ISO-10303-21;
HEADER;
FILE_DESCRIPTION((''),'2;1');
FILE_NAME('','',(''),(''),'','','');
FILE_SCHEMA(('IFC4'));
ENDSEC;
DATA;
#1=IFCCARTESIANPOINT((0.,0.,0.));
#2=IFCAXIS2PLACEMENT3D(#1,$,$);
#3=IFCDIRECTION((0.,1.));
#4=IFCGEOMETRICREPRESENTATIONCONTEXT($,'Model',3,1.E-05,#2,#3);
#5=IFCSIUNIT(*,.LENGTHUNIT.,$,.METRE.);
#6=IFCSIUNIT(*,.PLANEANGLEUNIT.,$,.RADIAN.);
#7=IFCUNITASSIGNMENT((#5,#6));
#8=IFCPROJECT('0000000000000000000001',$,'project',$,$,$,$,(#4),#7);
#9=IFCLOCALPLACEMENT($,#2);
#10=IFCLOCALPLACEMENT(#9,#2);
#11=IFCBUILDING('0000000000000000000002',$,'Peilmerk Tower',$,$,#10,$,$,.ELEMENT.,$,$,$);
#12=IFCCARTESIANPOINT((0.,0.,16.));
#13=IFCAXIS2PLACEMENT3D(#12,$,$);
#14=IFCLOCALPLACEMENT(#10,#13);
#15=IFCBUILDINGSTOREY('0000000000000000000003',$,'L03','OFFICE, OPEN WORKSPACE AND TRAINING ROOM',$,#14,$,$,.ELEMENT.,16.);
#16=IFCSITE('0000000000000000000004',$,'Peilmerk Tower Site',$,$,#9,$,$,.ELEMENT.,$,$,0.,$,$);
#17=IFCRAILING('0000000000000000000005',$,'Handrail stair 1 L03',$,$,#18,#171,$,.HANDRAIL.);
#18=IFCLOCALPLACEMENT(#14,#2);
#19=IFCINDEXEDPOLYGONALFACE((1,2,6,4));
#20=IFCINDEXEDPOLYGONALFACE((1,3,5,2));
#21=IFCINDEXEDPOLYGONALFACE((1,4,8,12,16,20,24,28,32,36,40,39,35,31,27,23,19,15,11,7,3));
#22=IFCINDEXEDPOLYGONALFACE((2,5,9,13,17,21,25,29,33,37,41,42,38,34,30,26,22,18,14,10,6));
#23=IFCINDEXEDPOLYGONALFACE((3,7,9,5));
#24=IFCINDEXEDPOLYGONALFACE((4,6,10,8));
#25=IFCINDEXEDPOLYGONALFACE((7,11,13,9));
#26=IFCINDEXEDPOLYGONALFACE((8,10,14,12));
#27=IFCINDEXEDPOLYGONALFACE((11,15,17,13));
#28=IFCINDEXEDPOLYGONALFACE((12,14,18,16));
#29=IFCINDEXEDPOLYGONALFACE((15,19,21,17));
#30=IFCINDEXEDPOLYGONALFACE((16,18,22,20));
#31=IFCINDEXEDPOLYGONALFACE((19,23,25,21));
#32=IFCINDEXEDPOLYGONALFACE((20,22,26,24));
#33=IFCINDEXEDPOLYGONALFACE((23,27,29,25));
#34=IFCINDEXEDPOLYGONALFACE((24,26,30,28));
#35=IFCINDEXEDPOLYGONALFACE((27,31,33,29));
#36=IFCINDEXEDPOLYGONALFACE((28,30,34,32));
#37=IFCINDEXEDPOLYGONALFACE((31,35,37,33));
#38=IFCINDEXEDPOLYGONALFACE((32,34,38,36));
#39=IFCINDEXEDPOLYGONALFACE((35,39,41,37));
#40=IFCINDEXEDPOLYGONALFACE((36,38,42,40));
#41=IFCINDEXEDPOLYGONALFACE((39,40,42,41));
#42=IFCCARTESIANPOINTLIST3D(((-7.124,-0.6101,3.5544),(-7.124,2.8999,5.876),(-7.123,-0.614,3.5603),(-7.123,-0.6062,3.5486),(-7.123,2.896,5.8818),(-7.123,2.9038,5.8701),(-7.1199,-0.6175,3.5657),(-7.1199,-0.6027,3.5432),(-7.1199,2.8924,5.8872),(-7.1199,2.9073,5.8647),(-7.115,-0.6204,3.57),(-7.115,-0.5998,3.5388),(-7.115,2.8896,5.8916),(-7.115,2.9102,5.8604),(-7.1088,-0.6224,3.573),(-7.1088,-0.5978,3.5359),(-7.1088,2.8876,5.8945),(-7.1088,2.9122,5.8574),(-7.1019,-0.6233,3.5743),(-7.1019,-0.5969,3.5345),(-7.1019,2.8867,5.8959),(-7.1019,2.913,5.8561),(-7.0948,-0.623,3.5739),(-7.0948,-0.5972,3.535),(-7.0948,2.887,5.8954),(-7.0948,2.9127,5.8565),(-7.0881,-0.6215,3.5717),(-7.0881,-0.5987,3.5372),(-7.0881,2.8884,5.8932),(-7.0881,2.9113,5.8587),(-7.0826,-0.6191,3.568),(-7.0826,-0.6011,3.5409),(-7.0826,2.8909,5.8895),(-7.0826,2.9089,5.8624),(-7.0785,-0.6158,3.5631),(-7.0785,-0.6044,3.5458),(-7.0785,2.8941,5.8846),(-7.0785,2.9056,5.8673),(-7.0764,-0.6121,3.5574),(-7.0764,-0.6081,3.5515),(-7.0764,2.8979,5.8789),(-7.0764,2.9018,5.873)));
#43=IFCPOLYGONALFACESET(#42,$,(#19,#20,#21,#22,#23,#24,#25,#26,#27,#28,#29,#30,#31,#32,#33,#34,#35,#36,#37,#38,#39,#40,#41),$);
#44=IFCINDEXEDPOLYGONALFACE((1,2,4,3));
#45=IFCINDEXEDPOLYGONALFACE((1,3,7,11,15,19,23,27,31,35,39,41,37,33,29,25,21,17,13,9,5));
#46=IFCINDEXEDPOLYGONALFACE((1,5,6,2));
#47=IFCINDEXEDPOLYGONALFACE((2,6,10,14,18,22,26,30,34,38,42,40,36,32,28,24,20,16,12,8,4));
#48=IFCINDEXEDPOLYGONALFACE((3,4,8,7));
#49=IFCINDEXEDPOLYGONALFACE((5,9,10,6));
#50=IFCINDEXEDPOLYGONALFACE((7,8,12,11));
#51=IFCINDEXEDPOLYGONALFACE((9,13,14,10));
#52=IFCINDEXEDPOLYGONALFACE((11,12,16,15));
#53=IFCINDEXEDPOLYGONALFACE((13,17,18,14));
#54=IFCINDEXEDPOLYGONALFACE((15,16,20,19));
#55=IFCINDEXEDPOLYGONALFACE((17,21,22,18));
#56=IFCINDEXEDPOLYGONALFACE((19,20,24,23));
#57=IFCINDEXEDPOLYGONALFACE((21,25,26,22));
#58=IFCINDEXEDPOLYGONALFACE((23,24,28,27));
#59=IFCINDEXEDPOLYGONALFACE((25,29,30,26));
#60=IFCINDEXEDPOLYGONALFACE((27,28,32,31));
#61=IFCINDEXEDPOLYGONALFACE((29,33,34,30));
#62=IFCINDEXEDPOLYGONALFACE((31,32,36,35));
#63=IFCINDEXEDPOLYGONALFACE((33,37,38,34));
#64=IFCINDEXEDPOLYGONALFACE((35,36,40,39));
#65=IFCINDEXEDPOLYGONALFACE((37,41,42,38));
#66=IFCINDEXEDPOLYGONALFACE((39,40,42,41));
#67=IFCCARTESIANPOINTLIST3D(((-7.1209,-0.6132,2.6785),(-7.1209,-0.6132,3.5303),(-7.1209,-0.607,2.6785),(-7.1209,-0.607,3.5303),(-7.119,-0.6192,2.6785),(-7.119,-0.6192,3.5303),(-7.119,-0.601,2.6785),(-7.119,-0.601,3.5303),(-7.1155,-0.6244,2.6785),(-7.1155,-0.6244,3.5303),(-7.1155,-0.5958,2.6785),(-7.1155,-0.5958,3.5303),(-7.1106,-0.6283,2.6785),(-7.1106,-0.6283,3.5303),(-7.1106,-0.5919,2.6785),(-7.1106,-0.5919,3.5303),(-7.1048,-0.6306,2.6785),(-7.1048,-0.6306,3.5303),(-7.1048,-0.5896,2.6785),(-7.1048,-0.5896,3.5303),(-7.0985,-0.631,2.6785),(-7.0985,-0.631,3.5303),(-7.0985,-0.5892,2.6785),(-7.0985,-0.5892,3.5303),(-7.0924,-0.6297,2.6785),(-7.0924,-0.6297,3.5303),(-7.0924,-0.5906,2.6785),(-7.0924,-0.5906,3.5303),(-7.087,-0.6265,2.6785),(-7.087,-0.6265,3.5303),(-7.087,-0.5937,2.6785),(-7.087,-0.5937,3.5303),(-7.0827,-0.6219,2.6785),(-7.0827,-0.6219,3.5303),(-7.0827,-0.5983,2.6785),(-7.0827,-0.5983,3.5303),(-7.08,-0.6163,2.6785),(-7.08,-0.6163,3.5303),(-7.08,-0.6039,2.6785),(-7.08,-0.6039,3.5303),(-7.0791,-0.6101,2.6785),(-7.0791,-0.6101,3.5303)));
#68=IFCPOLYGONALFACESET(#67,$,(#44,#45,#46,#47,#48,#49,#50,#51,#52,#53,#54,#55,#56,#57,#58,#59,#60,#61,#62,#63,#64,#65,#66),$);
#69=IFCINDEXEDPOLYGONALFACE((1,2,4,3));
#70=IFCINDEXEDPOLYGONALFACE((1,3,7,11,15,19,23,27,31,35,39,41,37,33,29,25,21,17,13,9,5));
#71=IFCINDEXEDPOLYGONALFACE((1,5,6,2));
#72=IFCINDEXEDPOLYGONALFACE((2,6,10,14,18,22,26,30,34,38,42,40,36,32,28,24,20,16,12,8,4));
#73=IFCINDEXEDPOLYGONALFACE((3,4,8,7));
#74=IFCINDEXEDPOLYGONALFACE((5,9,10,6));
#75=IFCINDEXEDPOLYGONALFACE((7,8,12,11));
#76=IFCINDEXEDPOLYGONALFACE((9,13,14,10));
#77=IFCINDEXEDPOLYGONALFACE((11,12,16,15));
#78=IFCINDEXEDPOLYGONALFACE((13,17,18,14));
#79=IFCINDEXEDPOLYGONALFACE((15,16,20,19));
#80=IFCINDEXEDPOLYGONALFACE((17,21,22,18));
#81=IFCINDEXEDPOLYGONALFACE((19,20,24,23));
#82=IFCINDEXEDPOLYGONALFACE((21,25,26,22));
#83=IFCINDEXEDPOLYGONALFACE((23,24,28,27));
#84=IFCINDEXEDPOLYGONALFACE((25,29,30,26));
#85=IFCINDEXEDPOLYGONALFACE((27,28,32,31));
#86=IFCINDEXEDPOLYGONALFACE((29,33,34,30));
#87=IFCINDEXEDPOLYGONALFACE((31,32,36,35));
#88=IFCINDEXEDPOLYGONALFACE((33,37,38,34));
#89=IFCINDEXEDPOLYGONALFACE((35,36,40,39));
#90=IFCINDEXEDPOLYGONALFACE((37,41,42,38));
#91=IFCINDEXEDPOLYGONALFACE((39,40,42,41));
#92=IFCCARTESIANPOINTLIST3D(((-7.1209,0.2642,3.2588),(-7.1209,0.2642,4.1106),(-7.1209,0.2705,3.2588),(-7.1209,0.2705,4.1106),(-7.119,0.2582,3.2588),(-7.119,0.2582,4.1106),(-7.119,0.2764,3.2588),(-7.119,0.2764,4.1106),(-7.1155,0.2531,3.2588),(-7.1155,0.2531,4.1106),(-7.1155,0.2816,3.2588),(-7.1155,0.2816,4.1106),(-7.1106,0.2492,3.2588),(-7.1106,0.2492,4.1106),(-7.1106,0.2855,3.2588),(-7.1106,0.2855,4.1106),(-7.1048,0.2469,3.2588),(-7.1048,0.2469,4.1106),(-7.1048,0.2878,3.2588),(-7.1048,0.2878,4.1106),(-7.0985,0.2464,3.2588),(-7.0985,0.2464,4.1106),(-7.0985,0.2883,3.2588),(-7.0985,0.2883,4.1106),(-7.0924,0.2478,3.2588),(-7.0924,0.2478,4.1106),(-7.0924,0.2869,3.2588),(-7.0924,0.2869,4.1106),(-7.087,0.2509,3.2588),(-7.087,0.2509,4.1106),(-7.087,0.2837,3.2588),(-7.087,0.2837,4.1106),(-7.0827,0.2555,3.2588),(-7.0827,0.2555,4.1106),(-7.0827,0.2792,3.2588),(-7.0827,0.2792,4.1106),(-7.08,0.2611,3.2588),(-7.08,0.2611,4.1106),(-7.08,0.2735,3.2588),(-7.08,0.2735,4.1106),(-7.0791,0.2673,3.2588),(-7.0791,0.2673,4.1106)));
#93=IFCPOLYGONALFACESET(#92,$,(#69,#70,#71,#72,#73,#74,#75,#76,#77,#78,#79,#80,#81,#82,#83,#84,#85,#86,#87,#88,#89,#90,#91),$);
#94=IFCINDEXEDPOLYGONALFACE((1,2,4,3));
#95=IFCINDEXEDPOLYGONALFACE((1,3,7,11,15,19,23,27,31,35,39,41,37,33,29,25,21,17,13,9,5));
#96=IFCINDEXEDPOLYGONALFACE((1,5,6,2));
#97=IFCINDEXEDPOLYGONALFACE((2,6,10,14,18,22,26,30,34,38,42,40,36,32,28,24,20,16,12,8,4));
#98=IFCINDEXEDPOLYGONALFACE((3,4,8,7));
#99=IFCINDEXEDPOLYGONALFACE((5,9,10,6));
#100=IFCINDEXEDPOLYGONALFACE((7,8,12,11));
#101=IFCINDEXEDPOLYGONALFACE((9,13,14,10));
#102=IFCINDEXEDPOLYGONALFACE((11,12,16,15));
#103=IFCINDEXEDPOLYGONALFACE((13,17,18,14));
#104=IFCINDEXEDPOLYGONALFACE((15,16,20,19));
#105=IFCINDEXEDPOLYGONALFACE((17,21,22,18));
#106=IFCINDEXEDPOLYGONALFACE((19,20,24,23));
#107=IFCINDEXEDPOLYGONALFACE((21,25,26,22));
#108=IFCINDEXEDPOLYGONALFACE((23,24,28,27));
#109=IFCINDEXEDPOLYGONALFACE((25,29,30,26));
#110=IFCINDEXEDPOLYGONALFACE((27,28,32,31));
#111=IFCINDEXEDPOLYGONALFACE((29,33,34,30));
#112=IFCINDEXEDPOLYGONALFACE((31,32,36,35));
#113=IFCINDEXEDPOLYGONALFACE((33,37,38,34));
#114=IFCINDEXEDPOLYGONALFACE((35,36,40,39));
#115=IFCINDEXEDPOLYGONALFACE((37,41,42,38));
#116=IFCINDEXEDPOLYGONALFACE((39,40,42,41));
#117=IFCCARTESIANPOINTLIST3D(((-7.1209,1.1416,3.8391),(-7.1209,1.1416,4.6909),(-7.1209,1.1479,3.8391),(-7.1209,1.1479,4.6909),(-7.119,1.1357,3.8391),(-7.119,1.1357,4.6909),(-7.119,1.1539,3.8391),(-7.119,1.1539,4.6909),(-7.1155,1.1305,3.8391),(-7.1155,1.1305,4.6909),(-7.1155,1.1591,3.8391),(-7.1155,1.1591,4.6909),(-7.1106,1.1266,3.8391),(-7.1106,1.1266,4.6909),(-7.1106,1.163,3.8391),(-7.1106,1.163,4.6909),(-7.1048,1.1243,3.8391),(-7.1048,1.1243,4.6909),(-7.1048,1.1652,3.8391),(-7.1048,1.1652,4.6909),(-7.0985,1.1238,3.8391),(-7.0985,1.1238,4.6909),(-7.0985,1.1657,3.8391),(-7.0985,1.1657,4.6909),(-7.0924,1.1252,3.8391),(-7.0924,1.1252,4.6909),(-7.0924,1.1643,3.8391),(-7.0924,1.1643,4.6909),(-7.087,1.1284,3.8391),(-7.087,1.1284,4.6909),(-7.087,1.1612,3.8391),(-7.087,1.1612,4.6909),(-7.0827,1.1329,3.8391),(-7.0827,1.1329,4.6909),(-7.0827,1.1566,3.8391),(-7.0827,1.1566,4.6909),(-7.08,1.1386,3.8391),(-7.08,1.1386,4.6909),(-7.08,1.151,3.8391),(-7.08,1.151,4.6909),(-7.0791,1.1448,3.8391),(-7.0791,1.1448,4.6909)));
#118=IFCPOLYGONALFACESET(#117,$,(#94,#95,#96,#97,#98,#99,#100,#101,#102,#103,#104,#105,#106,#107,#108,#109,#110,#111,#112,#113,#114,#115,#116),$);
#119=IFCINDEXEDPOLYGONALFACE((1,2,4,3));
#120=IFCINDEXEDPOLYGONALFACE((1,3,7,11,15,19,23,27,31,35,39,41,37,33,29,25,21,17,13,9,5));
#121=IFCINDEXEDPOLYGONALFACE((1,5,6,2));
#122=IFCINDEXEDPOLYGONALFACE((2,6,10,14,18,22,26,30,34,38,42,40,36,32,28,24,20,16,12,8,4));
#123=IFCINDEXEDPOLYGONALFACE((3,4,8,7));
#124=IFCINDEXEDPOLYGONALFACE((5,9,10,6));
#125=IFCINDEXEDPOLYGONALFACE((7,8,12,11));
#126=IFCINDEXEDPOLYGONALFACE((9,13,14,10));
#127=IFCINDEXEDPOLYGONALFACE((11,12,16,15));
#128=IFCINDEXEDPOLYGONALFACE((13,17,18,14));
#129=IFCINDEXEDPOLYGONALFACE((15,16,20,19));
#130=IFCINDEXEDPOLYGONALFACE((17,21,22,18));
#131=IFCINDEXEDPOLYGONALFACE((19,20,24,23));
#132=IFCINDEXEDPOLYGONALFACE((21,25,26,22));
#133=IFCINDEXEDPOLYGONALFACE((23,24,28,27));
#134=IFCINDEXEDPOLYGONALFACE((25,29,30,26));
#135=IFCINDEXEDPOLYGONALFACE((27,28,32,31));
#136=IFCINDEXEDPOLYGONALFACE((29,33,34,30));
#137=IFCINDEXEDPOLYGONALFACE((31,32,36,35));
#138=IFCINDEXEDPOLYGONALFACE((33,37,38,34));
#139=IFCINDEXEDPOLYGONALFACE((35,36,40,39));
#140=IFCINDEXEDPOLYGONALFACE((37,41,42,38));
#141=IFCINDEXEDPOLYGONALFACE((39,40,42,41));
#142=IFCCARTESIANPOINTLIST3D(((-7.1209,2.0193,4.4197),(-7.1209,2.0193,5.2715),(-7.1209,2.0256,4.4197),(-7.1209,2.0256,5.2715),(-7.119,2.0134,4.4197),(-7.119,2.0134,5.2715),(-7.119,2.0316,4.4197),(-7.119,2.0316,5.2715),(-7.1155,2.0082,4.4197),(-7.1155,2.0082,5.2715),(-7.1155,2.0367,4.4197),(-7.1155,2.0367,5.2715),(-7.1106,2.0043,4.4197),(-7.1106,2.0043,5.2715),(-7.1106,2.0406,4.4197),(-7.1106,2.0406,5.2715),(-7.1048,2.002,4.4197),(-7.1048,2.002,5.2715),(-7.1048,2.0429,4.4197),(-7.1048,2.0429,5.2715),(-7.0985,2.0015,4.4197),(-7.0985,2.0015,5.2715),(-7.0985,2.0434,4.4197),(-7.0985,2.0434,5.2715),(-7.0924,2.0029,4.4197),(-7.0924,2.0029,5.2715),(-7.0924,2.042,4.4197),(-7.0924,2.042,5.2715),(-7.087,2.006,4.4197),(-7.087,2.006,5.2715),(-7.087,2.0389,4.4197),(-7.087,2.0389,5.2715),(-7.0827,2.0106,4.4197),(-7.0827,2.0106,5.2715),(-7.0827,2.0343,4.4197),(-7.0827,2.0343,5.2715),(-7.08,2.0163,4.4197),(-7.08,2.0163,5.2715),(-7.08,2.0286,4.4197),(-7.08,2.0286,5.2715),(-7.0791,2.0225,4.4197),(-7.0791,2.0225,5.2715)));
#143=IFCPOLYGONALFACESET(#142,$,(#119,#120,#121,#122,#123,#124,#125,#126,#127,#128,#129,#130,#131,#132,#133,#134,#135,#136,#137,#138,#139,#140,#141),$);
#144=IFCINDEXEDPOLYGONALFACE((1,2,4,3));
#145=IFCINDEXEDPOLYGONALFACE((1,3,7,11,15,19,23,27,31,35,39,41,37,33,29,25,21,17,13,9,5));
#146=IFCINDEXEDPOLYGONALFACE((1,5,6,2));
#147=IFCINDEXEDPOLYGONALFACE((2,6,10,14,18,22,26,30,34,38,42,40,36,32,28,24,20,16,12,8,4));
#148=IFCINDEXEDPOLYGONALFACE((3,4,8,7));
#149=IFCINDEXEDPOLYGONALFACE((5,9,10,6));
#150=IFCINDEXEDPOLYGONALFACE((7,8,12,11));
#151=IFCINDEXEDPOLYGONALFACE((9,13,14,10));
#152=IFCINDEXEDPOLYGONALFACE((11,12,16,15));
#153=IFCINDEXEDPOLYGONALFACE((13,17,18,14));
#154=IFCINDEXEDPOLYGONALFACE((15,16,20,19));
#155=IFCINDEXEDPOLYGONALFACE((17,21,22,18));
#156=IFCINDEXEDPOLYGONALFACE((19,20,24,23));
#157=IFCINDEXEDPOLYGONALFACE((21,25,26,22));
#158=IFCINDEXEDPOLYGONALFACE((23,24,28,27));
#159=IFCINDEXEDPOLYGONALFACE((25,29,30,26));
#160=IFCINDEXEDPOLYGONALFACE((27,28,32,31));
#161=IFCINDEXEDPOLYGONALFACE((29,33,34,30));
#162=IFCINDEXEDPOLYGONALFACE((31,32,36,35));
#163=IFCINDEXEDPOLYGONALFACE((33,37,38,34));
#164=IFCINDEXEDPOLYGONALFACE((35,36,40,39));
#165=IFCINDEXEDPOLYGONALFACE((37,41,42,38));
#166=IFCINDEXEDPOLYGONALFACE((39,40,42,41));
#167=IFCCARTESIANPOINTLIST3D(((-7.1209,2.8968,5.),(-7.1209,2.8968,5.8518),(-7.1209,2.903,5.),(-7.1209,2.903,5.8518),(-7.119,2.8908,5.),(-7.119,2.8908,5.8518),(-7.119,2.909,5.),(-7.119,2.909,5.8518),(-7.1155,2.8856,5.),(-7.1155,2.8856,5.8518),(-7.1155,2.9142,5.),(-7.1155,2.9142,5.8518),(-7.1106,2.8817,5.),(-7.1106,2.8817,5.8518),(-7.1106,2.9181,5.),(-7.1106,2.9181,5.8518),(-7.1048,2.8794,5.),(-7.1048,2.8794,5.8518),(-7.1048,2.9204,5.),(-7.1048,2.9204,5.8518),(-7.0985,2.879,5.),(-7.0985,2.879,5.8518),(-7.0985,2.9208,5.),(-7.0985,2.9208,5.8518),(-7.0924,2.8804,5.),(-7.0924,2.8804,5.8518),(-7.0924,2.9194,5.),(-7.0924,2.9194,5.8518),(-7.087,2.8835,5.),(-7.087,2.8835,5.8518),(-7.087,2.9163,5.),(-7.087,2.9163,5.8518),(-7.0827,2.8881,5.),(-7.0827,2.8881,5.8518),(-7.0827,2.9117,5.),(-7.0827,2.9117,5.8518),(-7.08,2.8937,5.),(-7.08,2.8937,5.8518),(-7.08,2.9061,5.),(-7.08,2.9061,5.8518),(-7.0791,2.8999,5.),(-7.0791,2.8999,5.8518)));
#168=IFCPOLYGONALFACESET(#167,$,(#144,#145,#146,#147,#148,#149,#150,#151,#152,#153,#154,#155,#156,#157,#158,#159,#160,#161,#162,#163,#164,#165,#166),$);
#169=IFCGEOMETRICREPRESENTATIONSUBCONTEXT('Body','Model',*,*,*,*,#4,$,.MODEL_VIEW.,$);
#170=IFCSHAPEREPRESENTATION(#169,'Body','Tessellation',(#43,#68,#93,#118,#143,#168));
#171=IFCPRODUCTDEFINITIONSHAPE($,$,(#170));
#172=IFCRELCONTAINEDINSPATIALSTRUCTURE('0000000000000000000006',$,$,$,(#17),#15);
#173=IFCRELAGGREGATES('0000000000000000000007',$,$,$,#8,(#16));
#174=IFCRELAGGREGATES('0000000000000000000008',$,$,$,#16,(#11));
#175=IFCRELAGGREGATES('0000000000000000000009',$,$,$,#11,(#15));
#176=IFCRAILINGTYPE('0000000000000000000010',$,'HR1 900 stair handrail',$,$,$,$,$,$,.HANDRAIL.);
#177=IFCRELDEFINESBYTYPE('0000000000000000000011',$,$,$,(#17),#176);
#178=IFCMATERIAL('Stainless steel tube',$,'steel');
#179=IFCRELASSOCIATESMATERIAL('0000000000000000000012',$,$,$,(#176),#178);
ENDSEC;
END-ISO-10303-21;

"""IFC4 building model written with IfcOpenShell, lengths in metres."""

from ifc_helpers import new_model, si_unit, direction, frame, origin, origin_2d, place, context, subcontext, project, spatial, circle, extrude, material, type_object, element, save


model = new_model("IFC4")

# Units and contexts
model_context = context("Model", 3, precision=1e-05, world=origin(), true_north=direction((0.0, 1.0)))
body_context = subcontext(model_context, "Body", "Model", "MODEL_VIEW")
ifc_project = project(units=[si_unit("LENGTHUNIT", "METRE"), si_unit("PLANEANGLEUNIT", "RADIAN")], contexts=[model_context])

# Site, building, storey
site_placement = place(None, origin())
site = spatial("IfcSite", under=ifc_project, at=site_placement, Name="Peilmerk Tower Site", CompositionType="ELEMENT", RefElevation=0.0)
building_placement = place(site_placement, origin())
building = spatial("IfcBuilding", under=site, at=building_placement, Name="Peilmerk Tower", CompositionType="ELEMENT")
storey_placement = place(building_placement, frame((0.0, 0.0, 16.0)))
storey = spatial("IfcBuildingStorey", under=building, at=storey_placement, Name="L03", Description="OFFICE, OPEN WORKSPACE AND TRAINING ROOM", CompositionType="ELEMENT", Elevation=16.0)

# Railing
ifc_material_1 = material(Name="Stainless steel tube", Category="steel")
railing_type_1 = type_object("IfcRailingType", Name="HR1 900 stair handrail", PredefinedType="HANDRAIL", material=ifc_material_1)
railing_1_placement = place(storey_placement, frame((-7.1001, -0.6101, 2.6785)))
element("IfcRailing", 1, at=railing_1_placement, inside=storey, type_object=railing_type_1, Name="Handrail stair 1 L03", PredefinedType="HANDRAIL", context=body_context, shape_type="SweptSolid", body=[
    extrude(circle(Radius=0.0239, at=origin_2d()), frame((0.0, 0.0, 0.876), z_axis=(0.0, 0.834071, 0.551657), x_axis=(-1.0, 0.0, 0.0)), (0.0, 0.0, 1.0), 4.2083),
    extrude(circle(Radius=0.021, at=origin_2d()), origin(), (0.0, 0.0, 1.0), 0.8518),
    extrude(circle(Radius=0.021, at=origin_2d()), frame((0.0, 0.8774, 0.5803)), (0.0, 0.0, 1.0), 0.8518),
    extrude(circle(Radius=0.021, at=origin_2d()), frame((0.0, 1.7549, 1.1606)), (0.0, 0.0, 1.0), 0.8518),
    extrude(circle(Radius=0.021, at=origin_2d()), frame((0.0, 2.6326, 1.7412)), (0.0, 0.0, 1.0), 0.8518),
    extrude(circle(Radius=0.021, at=origin_2d()), frame((0.0, 3.51, 2.3215)), (0.0, 0.0, 1.0), 0.8518),
])

save(model, "model.ifc")
